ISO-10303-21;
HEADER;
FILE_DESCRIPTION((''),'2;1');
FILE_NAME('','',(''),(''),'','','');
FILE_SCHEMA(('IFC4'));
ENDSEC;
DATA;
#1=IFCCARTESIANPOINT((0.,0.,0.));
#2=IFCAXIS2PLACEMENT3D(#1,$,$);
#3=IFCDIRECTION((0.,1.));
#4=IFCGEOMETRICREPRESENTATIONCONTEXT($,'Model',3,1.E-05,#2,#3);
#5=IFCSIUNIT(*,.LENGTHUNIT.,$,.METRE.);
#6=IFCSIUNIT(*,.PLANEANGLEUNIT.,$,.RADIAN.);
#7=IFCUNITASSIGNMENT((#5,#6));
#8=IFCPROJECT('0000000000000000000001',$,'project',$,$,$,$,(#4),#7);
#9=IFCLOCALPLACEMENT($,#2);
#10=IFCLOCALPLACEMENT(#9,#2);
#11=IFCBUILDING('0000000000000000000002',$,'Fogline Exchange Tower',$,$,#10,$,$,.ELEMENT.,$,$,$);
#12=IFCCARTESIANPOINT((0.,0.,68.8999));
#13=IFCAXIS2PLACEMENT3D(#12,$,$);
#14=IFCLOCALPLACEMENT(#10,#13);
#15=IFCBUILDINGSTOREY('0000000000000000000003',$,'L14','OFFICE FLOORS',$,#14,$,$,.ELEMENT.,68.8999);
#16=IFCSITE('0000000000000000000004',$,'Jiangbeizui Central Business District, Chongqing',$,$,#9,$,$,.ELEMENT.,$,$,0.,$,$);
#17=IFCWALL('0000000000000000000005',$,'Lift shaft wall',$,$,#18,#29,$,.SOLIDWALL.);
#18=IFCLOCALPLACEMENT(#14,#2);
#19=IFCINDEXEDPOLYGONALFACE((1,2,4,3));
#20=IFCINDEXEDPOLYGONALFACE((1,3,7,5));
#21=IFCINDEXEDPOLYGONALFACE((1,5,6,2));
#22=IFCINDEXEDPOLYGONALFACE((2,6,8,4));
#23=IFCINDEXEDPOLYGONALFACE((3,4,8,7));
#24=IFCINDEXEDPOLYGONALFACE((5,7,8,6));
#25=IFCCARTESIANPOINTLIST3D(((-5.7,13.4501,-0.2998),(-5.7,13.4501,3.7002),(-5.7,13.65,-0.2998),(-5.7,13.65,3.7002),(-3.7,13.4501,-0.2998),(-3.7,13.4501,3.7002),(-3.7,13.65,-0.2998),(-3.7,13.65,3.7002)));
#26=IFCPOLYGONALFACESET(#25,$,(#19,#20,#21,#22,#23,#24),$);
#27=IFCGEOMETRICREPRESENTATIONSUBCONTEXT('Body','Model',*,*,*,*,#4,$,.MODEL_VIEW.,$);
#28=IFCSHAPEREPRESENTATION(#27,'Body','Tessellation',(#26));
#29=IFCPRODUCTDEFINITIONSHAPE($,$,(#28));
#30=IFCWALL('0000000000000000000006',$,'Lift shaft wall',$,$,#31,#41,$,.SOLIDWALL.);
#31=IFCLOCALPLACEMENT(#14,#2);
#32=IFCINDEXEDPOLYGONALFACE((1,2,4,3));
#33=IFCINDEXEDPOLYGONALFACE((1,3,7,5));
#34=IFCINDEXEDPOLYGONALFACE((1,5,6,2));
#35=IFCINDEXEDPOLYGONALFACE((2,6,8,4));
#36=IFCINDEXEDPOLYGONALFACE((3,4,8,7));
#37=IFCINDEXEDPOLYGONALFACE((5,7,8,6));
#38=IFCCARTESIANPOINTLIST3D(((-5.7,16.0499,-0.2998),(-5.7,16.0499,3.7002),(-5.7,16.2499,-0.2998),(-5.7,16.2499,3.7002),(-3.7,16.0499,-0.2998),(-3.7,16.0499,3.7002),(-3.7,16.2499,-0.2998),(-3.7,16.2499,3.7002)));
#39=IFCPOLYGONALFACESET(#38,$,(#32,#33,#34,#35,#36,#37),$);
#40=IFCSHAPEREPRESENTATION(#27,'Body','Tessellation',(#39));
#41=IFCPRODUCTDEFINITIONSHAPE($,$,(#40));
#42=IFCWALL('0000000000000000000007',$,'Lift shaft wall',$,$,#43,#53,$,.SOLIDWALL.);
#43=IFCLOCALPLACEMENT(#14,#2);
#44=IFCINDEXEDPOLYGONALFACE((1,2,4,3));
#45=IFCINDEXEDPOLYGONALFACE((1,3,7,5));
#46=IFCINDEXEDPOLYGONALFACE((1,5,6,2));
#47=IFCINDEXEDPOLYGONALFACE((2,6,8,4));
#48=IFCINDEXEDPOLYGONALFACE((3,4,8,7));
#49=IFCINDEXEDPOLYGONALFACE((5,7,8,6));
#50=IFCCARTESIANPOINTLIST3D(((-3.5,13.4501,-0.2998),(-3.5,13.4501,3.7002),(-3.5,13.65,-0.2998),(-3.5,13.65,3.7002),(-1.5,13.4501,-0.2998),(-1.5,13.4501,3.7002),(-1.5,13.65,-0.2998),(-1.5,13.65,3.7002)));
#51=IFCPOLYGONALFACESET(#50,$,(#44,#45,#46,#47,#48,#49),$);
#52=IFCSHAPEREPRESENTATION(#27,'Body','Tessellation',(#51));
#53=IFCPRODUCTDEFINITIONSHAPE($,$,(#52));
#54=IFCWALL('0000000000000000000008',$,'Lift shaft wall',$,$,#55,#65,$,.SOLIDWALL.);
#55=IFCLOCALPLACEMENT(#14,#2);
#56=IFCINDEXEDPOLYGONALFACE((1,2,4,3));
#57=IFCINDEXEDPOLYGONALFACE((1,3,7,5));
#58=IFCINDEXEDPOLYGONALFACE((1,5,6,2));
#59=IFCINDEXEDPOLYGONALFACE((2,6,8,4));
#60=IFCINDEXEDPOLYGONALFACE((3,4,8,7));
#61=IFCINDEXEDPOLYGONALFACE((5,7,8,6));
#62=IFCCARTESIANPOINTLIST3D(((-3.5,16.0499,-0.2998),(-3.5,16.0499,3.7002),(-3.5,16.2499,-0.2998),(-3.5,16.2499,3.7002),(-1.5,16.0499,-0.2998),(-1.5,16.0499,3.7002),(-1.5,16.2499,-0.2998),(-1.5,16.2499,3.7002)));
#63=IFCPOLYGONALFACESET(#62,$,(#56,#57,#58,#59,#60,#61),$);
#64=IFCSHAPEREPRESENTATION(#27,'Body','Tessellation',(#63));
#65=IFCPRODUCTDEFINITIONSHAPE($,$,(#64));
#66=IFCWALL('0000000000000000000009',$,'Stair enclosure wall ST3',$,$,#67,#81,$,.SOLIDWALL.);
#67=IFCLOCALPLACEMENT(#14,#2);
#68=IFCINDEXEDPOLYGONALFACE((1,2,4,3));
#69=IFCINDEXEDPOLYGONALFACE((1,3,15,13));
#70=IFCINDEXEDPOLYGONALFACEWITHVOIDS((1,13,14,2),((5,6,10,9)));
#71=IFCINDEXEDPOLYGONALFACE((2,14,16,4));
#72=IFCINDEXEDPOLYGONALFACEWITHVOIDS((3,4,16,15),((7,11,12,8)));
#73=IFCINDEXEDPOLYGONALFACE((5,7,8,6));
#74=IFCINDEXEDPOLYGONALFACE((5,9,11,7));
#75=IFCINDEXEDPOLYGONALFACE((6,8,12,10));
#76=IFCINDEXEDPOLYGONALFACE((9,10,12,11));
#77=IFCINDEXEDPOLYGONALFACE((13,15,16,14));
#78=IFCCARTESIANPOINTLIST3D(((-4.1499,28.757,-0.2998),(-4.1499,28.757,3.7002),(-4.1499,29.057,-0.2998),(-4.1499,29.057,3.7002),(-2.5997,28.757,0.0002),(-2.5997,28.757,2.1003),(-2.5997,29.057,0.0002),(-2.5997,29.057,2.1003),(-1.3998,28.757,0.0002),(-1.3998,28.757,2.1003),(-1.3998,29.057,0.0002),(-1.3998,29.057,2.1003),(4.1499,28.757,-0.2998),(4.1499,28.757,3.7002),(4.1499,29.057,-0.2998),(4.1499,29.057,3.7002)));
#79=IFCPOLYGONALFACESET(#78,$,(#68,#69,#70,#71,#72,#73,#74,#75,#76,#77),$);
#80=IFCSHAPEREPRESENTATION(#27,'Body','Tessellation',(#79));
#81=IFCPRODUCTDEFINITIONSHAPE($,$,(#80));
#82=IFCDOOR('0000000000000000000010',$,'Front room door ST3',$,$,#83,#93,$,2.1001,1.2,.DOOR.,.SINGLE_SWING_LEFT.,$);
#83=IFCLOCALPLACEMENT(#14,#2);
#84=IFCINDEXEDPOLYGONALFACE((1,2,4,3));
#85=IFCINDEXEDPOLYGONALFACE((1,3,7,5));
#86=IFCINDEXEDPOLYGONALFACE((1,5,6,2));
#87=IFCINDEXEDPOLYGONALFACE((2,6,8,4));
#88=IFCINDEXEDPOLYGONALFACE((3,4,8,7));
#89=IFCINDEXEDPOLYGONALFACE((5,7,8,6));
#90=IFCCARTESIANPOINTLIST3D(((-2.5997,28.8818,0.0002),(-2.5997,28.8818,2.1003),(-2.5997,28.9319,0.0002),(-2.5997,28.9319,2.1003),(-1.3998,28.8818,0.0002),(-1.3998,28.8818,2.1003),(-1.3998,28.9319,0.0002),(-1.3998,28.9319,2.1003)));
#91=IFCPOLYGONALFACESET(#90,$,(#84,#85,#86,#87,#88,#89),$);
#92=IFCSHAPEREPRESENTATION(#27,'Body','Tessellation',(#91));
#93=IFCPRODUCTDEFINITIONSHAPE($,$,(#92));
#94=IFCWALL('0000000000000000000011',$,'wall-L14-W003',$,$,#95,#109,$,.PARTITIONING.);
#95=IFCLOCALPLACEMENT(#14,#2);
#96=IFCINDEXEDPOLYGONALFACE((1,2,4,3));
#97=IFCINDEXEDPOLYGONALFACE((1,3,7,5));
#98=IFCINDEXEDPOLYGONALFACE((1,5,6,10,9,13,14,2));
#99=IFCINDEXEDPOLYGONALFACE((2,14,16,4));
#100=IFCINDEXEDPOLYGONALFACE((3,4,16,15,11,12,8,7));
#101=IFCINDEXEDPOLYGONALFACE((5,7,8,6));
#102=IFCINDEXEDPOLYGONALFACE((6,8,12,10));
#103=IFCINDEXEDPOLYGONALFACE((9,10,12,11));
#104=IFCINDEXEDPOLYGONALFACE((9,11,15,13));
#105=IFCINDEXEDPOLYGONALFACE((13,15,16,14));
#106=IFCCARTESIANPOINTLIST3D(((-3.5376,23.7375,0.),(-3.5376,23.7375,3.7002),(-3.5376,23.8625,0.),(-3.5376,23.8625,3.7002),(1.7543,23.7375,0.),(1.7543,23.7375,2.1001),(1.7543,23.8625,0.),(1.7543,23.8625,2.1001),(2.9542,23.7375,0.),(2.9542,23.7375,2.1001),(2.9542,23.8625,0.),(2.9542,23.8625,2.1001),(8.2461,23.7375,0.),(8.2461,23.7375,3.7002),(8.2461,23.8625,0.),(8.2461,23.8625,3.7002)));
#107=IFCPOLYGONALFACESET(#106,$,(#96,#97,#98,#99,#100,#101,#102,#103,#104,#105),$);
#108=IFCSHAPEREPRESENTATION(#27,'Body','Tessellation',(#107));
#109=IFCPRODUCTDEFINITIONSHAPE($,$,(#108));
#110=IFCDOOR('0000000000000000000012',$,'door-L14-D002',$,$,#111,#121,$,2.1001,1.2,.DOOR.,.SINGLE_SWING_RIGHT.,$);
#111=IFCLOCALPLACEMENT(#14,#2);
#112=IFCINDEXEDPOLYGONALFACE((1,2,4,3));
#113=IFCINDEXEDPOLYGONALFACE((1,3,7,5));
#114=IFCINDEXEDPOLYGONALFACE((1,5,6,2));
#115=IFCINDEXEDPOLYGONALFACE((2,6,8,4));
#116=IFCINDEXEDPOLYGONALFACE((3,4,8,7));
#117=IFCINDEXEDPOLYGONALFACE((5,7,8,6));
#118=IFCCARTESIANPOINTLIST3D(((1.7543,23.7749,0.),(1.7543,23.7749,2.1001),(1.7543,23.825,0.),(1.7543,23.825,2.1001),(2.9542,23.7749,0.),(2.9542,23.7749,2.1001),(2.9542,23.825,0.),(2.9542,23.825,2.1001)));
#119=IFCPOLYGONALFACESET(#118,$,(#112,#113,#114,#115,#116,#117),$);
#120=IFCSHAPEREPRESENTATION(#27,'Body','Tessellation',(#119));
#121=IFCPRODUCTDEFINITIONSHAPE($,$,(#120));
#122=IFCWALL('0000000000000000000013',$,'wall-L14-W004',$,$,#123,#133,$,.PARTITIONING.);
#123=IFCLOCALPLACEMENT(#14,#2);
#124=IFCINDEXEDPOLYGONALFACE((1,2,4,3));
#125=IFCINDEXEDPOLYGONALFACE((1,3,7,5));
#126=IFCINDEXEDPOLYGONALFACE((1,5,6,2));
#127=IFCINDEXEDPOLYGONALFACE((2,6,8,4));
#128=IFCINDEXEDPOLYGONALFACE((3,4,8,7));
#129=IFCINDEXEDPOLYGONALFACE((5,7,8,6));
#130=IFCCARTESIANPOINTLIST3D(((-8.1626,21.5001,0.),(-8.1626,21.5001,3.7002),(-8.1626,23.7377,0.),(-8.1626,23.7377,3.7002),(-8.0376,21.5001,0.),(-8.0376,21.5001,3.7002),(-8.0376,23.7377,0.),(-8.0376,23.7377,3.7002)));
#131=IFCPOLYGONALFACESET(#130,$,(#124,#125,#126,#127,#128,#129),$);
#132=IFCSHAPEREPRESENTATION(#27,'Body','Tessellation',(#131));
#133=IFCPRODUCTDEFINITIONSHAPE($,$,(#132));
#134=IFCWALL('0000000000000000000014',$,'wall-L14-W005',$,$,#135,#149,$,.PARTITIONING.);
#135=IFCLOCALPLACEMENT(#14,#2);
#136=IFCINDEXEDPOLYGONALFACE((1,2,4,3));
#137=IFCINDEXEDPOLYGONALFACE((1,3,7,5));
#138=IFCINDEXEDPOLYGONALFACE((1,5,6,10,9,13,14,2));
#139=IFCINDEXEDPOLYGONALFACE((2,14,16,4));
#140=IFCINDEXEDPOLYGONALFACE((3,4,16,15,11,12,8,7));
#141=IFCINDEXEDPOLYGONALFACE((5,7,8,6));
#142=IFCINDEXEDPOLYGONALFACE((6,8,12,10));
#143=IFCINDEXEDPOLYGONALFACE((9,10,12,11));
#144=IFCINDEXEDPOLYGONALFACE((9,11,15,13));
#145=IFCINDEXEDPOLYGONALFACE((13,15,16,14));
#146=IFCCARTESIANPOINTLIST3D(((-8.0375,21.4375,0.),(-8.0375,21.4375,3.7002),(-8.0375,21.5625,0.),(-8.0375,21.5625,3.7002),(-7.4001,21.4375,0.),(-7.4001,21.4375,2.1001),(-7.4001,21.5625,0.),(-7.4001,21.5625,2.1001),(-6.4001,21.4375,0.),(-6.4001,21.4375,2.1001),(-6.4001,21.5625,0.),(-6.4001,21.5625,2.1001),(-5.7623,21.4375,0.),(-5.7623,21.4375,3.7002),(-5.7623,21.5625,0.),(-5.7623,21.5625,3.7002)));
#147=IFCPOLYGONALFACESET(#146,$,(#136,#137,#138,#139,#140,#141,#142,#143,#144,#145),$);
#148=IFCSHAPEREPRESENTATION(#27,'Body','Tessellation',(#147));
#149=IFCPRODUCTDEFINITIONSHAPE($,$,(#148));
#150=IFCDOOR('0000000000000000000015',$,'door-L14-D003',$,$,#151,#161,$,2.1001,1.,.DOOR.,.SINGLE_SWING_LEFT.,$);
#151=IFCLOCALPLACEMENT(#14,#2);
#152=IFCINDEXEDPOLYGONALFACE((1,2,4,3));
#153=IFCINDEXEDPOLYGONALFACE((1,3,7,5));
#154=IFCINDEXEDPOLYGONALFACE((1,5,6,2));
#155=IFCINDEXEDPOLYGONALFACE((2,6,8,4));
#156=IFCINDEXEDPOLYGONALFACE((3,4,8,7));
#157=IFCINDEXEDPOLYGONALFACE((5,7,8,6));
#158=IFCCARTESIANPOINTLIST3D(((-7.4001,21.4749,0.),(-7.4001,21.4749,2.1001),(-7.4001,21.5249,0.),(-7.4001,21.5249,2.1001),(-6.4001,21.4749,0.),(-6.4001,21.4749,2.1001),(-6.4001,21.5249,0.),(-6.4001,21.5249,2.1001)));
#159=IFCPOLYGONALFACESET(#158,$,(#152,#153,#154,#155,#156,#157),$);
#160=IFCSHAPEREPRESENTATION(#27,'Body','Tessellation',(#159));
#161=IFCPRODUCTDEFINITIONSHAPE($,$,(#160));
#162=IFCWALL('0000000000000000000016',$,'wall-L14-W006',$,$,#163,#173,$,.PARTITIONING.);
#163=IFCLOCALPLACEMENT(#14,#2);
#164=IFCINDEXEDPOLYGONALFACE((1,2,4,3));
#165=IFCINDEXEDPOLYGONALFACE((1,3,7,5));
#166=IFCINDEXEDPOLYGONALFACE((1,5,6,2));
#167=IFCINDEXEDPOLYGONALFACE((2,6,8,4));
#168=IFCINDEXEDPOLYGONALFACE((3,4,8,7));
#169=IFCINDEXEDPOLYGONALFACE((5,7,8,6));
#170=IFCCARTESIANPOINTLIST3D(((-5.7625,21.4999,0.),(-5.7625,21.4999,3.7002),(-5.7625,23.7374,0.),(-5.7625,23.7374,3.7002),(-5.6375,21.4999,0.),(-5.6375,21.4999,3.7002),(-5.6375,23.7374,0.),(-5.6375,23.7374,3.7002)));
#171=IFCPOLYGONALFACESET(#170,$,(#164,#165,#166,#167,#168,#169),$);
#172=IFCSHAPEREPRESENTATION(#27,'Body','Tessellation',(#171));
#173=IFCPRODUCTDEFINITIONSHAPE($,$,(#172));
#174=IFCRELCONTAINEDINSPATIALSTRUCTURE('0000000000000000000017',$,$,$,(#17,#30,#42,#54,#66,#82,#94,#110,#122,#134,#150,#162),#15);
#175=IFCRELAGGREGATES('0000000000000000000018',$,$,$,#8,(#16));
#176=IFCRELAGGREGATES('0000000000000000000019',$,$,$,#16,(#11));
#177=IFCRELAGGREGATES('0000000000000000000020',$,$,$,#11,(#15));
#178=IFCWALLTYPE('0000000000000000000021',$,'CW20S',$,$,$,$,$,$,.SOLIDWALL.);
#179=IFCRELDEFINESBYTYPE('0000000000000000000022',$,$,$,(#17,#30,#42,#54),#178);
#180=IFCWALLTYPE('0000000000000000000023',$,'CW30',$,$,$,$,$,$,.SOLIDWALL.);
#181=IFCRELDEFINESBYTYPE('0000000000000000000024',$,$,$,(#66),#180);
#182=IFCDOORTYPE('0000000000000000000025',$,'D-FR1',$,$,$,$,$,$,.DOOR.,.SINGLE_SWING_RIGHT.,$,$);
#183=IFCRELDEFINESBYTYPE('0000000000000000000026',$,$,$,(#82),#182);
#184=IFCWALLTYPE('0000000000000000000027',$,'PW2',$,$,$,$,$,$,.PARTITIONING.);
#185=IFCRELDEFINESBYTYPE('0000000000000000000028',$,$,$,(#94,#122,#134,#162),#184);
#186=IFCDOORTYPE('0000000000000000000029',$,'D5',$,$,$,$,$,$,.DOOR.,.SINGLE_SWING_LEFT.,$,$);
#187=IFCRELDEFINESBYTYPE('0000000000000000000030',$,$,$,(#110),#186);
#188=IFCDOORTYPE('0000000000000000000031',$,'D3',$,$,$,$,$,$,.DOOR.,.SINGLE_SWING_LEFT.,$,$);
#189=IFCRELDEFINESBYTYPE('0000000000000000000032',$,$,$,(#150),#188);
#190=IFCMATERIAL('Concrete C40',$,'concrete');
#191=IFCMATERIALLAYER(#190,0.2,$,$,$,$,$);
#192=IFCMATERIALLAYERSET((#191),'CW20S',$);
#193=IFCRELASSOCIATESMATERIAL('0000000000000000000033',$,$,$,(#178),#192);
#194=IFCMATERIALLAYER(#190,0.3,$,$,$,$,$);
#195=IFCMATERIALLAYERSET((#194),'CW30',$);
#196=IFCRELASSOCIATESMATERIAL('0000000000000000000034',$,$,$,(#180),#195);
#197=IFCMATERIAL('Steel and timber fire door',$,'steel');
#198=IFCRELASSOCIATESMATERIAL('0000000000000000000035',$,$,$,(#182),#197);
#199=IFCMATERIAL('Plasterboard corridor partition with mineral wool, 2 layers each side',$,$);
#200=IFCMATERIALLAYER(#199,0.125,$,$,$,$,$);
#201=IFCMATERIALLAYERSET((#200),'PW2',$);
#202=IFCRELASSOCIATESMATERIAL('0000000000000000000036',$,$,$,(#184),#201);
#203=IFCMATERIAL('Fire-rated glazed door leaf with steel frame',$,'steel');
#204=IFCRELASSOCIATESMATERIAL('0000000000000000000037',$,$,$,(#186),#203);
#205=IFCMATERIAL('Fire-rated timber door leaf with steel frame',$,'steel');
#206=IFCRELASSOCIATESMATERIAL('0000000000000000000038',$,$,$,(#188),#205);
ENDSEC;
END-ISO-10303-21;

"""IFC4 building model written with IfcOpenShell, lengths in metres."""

from ifc_helpers import new_model, si_unit, direction, frame, frame_2d, origin, place, context, subcontext, project, spatial, rectangle, extrude, material, layer, layer_set, type_object, element, fill, save


model = new_model("IFC4")

# Units and contexts
model_context = context("Model", 3, precision=1e-05, world=origin(), true_north=direction((0.0, 1.0)))
body_context = subcontext(model_context, "Body", "Model", "MODEL_VIEW")
ifc_project = project(units=[si_unit("LENGTHUNIT", "METRE"), si_unit("PLANEANGLEUNIT", "RADIAN")], contexts=[model_context])

# Site, building, storey
site_placement = place(None, origin())
site = spatial("IfcSite", under=ifc_project, at=site_placement, Name="Jiangbeizui Central Business District, Chongqing", CompositionType="ELEMENT", RefElevation=0.0)
building_placement = place(site_placement, origin())
building = spatial("IfcBuilding", under=site, at=building_placement, Name="Fogline Exchange Tower", CompositionType="ELEMENT")
storey_placement = place(building_placement, frame((0.0, 0.0, 68.8999)))
storey = spatial("IfcBuildingStorey", under=building, at=storey_placement, Name="L14", Description="OFFICE FLOORS", CompositionType="ELEMENT", Elevation=68.8999)

# Shared definitions
ifc_material_1 = material(Name="Concrete C40", Category="concrete")

# Walls
ifc_layer_1 = layer(ifc_material_1, 0.2)
ifc_layer_set_1 = layer_set([ifc_layer_1], Name="CW20S")
wall_type_1 = type_object("IfcWallType", Name="CW20S", PredefinedType="SOLIDWALL", material=ifc_layer_set_1)
for number, where, z_axis, x_axis, name in (
    (1, (-5.7, 13.55, -0.2998), (0.0, 0.0, 1.0), (1.0, 0.0, 0.0), "Lift shaft wall"),
    (2, (-5.7, 16.1499, -0.2998), (0.0, 0.0, 1.0), (1.0, 0.0, 0.0), "Lift shaft wall"),
    (3, (-3.5, 13.55, -0.2998), (0.0, 0.0, 1.0), (1.0, 0.0, 0.0), "Lift shaft wall"),
    (4, (-3.5, 16.1499, -0.2998), (0.0, 0.0, 1.0), (1.0, 0.0, 0.0), "Lift shaft wall"),
):
    element("IfcWall", number, at=place(storey_placement, frame(where, z_axis=z_axis, x_axis=x_axis)), inside=storey, type_object=wall_type_1, Name=name, PredefinedType="SOLIDWALL", context=body_context, shape_type="SweptSolid", body=[
        extrude(rectangle(XDim=2.0, YDim=0.2, at=frame_2d((1.0, 0.0))), origin(), (0.0, 0.0, 1.0), 4.0),
    ])

# Walls, openings, doors
ifc_layer_2 = layer(ifc_material_1, 0.3)
ifc_layer_set_2 = layer_set([ifc_layer_2], Name="CW30")
wall_type_2 = type_object("IfcWallType", Name="CW30", PredefinedType="SOLIDWALL", material=ifc_layer_set_2)
wall_1_placement = place(storey_placement, frame((-4.1499, 28.907, -0.2998), z_axis=(0.0, 0.0, 1.0), x_axis=(1.0, 0.0, 0.0)))
wall_1 = element("IfcWall", 5, at=wall_1_placement, inside=storey, type_object=wall_type_2, Name="Stair enclosure wall ST3", PredefinedType="SOLIDWALL", context=body_context, shape_type="SweptSolid", body=[
    extrude(rectangle(XDim=8.2998, YDim=0.3, at=frame_2d((4.1499, 0.0))), origin(), (0.0, 0.0, 1.0), 4.0),
])
opening_1_placement = place(wall_1_placement, frame((1.55, 0.0, 0.3)))
opening_1 = element("IfcOpeningElement", 6, at=opening_1_placement, cuts=wall_1, PredefinedType="OPENING", context=body_context, shape_type="SweptSolid", body=[
    extrude(rectangle(XDim=1.2, YDim=2.1001, at=frame_2d((0.6001, 1.05))), frame((0.0, 0.1602, 0.0), z_axis=(0.0, -1.0, 0.0), x_axis=(1.0, 0.0, 0.0)), (0.0, 0.0, 1.0), 0.3201),
])
ifc_material_2 = material(Name="Steel and timber fire door", Category="steel")
door_type_1 = type_object("IfcDoorType", Name="D-FR1", OperationType="SINGLE_SWING_RIGHT", PredefinedType="DOOR", material=ifc_material_2)
door_1_placement = place(opening_1_placement, origin())
door_1 = element("IfcDoor", 7, at=door_1_placement, inside=storey, type_object=door_type_1, Name="Front room door ST3", OperationType="SINGLE_SWING_LEFT", OverallHeight=2.1001, OverallWidth=1.2, PredefinedType="DOOR", context=body_context, shape_type="SweptSolid", body=[
    extrude(rectangle(XDim=1.2, YDim=2.1001, at=frame_2d((0.6001, 1.05))), frame((0.0, 0.0249, 0.0), z_axis=(0.0, -1.0, 0.0), x_axis=(1.0, 0.0, 0.0)), (0.0, 0.0, 1.0), 0.05),
])
fill(opening_1, door_1)
ifc_material_3 = material(Name="Plasterboard corridor partition with mineral wool, 2 layers each side")
ifc_layer_3 = layer(ifc_material_3, 0.125)
ifc_layer_set_3 = layer_set([ifc_layer_3], Name="PW2")
wall_type_3 = type_object("IfcWallType", Name="PW2", PredefinedType="PARTITIONING", material=ifc_layer_set_3)
wall_2_placement = place(storey_placement, frame((-3.5376, 23.8, 0.0), z_axis=(0.0, 0.0, 1.0), x_axis=(1.0, 0.0, 0.0)))
wall_2 = element("IfcWall", 8, at=wall_2_placement, inside=storey, type_object=wall_type_3, Name="wall-L14-W003", PredefinedType="PARTITIONING", context=body_context, shape_type="SweptSolid", body=[
    extrude(rectangle(XDim=11.7837, YDim=0.125, at=frame_2d((5.8918, 0.0))), origin(), (0.0, 0.0, 1.0), 3.7002),
])
opening_2_placement = place(wall_2_placement, frame((5.2917, 0.0, 0.0)))
opening_2 = element("IfcOpeningElement", 9, at=opening_2_placement, cuts=wall_2, PredefinedType="OPENING", context=body_context, shape_type="SweptSolid", body=[
    extrude(rectangle(XDim=1.2, YDim=2.1001, at=frame_2d((0.6001, 1.05))), frame((0.0, 0.0725, 0.0), z_axis=(0.0, -1.0, 0.0), x_axis=(1.0, 0.0, 0.0)), (0.0, 0.0, 1.0), 0.145),
])
ifc_material_4 = material(Name="Fire-rated glazed door leaf with steel frame", Category="steel")
door_type_2 = type_object("IfcDoorType", Name="D5", OperationType="SINGLE_SWING_LEFT", PredefinedType="DOOR", material=ifc_material_4)
door_2_placement = place(opening_2_placement, origin())
door_2 = element("IfcDoor", 10, at=door_2_placement, inside=storey, type_object=door_type_2, Name="door-L14-D002", OperationType="SINGLE_SWING_RIGHT", OverallHeight=2.1001, OverallWidth=1.2, PredefinedType="DOOR", context=body_context, shape_type="SweptSolid", body=[
    extrude(rectangle(XDim=1.2, YDim=2.1001, at=frame_2d((0.6001, 1.05))), frame((0.0, 0.0249, 0.0), z_axis=(0.0, -1.0, 0.0), x_axis=(1.0, 0.0, 0.0)), (0.0, 0.0, 1.0), 0.05),
])
fill(opening_2, door_2)

# Wall
wall_3_placement = place(storey_placement, frame((-8.1001, 23.7375, 0.0), z_axis=(0.0, 0.0, 1.0), x_axis=(0.0, -1.0, 0.0)))
element("IfcWall", 11, at=wall_3_placement, inside=storey, type_object=wall_type_3, Name="wall-L14-W004", PredefinedType="PARTITIONING", context=body_context, shape_type="SweptSolid", body=[
    extrude(rectangle(XDim=2.2375, YDim=0.125, at=frame_2d((1.1187, 0.0))), origin(), (0.0, 0.0, 1.0), 3.7002),
])

# Wall, opening, door
wall_4_placement = place(storey_placement, frame((-8.0376, 21.5, 0.0), z_axis=(0.0, 0.0, 1.0), x_axis=(1.0, 0.0, 0.0)))
wall_4 = element("IfcWall", 12, at=wall_4_placement, inside=storey, type_object=wall_type_3, Name="wall-L14-W005", PredefinedType="PARTITIONING", context=body_context, shape_type="SweptSolid", body=[
    extrude(rectangle(XDim=2.2751, YDim=0.125, at=frame_2d((1.1377, 0.0))), origin(), (0.0, 0.0, 1.0), 3.7002),
])
opening_3_placement = place(wall_4_placement, frame((0.6375, 0.0, 0.0)))
opening_3 = element("IfcOpeningElement", 13, at=opening_3_placement, cuts=wall_4, PredefinedType="OPENING", context=body_context, shape_type="SweptSolid", body=[
    extrude(rectangle(XDim=1.0, YDim=2.1001, at=frame_2d((0.5, 1.05))), frame((0.0, 0.0725, 0.0), z_axis=(0.0, -1.0, 0.0), x_axis=(1.0, 0.0, 0.0)), (0.0, 0.0, 1.0), 0.145),
])
ifc_material_5 = material(Name="Fire-rated timber door leaf with steel frame", Category="steel")
door_type_3 = type_object("IfcDoorType", Name="D3", OperationType="SINGLE_SWING_LEFT", PredefinedType="DOOR", material=ifc_material_5)
door_3_placement = place(opening_3_placement, origin())
door_3 = element("IfcDoor", 14, at=door_3_placement, inside=storey, type_object=door_type_3, Name="door-L14-D003", OperationType="SINGLE_SWING_LEFT", OverallHeight=2.1001, OverallWidth=1.0, PredefinedType="DOOR", context=body_context, shape_type="SweptSolid", body=[
    extrude(rectangle(XDim=1.0, YDim=2.1001, at=frame_2d((0.5, 1.05))), frame((0.0, 0.0249, 0.0), z_axis=(0.0, -1.0, 0.0), x_axis=(1.0, 0.0, 0.0)), (0.0, 0.0, 1.0), 0.05),
])
fill(opening_3, door_3)

# Wall
wall_5_placement = place(storey_placement, frame((-5.7, 21.5, 0.0), z_axis=(0.0, 0.0, 1.0), x_axis=(0.0, 1.0, 0.0)))
element("IfcWall", 15, at=wall_5_placement, inside=storey, type_object=wall_type_3, Name="wall-L14-W006", PredefinedType="PARTITIONING", context=body_context, shape_type="SweptSolid", body=[
    extrude(rectangle(XDim=2.2375, YDim=0.125, at=frame_2d((1.1187, 0.0))), origin(), (0.0, 0.0, 1.0), 3.7002),
])

save(model, "model.ifc")
